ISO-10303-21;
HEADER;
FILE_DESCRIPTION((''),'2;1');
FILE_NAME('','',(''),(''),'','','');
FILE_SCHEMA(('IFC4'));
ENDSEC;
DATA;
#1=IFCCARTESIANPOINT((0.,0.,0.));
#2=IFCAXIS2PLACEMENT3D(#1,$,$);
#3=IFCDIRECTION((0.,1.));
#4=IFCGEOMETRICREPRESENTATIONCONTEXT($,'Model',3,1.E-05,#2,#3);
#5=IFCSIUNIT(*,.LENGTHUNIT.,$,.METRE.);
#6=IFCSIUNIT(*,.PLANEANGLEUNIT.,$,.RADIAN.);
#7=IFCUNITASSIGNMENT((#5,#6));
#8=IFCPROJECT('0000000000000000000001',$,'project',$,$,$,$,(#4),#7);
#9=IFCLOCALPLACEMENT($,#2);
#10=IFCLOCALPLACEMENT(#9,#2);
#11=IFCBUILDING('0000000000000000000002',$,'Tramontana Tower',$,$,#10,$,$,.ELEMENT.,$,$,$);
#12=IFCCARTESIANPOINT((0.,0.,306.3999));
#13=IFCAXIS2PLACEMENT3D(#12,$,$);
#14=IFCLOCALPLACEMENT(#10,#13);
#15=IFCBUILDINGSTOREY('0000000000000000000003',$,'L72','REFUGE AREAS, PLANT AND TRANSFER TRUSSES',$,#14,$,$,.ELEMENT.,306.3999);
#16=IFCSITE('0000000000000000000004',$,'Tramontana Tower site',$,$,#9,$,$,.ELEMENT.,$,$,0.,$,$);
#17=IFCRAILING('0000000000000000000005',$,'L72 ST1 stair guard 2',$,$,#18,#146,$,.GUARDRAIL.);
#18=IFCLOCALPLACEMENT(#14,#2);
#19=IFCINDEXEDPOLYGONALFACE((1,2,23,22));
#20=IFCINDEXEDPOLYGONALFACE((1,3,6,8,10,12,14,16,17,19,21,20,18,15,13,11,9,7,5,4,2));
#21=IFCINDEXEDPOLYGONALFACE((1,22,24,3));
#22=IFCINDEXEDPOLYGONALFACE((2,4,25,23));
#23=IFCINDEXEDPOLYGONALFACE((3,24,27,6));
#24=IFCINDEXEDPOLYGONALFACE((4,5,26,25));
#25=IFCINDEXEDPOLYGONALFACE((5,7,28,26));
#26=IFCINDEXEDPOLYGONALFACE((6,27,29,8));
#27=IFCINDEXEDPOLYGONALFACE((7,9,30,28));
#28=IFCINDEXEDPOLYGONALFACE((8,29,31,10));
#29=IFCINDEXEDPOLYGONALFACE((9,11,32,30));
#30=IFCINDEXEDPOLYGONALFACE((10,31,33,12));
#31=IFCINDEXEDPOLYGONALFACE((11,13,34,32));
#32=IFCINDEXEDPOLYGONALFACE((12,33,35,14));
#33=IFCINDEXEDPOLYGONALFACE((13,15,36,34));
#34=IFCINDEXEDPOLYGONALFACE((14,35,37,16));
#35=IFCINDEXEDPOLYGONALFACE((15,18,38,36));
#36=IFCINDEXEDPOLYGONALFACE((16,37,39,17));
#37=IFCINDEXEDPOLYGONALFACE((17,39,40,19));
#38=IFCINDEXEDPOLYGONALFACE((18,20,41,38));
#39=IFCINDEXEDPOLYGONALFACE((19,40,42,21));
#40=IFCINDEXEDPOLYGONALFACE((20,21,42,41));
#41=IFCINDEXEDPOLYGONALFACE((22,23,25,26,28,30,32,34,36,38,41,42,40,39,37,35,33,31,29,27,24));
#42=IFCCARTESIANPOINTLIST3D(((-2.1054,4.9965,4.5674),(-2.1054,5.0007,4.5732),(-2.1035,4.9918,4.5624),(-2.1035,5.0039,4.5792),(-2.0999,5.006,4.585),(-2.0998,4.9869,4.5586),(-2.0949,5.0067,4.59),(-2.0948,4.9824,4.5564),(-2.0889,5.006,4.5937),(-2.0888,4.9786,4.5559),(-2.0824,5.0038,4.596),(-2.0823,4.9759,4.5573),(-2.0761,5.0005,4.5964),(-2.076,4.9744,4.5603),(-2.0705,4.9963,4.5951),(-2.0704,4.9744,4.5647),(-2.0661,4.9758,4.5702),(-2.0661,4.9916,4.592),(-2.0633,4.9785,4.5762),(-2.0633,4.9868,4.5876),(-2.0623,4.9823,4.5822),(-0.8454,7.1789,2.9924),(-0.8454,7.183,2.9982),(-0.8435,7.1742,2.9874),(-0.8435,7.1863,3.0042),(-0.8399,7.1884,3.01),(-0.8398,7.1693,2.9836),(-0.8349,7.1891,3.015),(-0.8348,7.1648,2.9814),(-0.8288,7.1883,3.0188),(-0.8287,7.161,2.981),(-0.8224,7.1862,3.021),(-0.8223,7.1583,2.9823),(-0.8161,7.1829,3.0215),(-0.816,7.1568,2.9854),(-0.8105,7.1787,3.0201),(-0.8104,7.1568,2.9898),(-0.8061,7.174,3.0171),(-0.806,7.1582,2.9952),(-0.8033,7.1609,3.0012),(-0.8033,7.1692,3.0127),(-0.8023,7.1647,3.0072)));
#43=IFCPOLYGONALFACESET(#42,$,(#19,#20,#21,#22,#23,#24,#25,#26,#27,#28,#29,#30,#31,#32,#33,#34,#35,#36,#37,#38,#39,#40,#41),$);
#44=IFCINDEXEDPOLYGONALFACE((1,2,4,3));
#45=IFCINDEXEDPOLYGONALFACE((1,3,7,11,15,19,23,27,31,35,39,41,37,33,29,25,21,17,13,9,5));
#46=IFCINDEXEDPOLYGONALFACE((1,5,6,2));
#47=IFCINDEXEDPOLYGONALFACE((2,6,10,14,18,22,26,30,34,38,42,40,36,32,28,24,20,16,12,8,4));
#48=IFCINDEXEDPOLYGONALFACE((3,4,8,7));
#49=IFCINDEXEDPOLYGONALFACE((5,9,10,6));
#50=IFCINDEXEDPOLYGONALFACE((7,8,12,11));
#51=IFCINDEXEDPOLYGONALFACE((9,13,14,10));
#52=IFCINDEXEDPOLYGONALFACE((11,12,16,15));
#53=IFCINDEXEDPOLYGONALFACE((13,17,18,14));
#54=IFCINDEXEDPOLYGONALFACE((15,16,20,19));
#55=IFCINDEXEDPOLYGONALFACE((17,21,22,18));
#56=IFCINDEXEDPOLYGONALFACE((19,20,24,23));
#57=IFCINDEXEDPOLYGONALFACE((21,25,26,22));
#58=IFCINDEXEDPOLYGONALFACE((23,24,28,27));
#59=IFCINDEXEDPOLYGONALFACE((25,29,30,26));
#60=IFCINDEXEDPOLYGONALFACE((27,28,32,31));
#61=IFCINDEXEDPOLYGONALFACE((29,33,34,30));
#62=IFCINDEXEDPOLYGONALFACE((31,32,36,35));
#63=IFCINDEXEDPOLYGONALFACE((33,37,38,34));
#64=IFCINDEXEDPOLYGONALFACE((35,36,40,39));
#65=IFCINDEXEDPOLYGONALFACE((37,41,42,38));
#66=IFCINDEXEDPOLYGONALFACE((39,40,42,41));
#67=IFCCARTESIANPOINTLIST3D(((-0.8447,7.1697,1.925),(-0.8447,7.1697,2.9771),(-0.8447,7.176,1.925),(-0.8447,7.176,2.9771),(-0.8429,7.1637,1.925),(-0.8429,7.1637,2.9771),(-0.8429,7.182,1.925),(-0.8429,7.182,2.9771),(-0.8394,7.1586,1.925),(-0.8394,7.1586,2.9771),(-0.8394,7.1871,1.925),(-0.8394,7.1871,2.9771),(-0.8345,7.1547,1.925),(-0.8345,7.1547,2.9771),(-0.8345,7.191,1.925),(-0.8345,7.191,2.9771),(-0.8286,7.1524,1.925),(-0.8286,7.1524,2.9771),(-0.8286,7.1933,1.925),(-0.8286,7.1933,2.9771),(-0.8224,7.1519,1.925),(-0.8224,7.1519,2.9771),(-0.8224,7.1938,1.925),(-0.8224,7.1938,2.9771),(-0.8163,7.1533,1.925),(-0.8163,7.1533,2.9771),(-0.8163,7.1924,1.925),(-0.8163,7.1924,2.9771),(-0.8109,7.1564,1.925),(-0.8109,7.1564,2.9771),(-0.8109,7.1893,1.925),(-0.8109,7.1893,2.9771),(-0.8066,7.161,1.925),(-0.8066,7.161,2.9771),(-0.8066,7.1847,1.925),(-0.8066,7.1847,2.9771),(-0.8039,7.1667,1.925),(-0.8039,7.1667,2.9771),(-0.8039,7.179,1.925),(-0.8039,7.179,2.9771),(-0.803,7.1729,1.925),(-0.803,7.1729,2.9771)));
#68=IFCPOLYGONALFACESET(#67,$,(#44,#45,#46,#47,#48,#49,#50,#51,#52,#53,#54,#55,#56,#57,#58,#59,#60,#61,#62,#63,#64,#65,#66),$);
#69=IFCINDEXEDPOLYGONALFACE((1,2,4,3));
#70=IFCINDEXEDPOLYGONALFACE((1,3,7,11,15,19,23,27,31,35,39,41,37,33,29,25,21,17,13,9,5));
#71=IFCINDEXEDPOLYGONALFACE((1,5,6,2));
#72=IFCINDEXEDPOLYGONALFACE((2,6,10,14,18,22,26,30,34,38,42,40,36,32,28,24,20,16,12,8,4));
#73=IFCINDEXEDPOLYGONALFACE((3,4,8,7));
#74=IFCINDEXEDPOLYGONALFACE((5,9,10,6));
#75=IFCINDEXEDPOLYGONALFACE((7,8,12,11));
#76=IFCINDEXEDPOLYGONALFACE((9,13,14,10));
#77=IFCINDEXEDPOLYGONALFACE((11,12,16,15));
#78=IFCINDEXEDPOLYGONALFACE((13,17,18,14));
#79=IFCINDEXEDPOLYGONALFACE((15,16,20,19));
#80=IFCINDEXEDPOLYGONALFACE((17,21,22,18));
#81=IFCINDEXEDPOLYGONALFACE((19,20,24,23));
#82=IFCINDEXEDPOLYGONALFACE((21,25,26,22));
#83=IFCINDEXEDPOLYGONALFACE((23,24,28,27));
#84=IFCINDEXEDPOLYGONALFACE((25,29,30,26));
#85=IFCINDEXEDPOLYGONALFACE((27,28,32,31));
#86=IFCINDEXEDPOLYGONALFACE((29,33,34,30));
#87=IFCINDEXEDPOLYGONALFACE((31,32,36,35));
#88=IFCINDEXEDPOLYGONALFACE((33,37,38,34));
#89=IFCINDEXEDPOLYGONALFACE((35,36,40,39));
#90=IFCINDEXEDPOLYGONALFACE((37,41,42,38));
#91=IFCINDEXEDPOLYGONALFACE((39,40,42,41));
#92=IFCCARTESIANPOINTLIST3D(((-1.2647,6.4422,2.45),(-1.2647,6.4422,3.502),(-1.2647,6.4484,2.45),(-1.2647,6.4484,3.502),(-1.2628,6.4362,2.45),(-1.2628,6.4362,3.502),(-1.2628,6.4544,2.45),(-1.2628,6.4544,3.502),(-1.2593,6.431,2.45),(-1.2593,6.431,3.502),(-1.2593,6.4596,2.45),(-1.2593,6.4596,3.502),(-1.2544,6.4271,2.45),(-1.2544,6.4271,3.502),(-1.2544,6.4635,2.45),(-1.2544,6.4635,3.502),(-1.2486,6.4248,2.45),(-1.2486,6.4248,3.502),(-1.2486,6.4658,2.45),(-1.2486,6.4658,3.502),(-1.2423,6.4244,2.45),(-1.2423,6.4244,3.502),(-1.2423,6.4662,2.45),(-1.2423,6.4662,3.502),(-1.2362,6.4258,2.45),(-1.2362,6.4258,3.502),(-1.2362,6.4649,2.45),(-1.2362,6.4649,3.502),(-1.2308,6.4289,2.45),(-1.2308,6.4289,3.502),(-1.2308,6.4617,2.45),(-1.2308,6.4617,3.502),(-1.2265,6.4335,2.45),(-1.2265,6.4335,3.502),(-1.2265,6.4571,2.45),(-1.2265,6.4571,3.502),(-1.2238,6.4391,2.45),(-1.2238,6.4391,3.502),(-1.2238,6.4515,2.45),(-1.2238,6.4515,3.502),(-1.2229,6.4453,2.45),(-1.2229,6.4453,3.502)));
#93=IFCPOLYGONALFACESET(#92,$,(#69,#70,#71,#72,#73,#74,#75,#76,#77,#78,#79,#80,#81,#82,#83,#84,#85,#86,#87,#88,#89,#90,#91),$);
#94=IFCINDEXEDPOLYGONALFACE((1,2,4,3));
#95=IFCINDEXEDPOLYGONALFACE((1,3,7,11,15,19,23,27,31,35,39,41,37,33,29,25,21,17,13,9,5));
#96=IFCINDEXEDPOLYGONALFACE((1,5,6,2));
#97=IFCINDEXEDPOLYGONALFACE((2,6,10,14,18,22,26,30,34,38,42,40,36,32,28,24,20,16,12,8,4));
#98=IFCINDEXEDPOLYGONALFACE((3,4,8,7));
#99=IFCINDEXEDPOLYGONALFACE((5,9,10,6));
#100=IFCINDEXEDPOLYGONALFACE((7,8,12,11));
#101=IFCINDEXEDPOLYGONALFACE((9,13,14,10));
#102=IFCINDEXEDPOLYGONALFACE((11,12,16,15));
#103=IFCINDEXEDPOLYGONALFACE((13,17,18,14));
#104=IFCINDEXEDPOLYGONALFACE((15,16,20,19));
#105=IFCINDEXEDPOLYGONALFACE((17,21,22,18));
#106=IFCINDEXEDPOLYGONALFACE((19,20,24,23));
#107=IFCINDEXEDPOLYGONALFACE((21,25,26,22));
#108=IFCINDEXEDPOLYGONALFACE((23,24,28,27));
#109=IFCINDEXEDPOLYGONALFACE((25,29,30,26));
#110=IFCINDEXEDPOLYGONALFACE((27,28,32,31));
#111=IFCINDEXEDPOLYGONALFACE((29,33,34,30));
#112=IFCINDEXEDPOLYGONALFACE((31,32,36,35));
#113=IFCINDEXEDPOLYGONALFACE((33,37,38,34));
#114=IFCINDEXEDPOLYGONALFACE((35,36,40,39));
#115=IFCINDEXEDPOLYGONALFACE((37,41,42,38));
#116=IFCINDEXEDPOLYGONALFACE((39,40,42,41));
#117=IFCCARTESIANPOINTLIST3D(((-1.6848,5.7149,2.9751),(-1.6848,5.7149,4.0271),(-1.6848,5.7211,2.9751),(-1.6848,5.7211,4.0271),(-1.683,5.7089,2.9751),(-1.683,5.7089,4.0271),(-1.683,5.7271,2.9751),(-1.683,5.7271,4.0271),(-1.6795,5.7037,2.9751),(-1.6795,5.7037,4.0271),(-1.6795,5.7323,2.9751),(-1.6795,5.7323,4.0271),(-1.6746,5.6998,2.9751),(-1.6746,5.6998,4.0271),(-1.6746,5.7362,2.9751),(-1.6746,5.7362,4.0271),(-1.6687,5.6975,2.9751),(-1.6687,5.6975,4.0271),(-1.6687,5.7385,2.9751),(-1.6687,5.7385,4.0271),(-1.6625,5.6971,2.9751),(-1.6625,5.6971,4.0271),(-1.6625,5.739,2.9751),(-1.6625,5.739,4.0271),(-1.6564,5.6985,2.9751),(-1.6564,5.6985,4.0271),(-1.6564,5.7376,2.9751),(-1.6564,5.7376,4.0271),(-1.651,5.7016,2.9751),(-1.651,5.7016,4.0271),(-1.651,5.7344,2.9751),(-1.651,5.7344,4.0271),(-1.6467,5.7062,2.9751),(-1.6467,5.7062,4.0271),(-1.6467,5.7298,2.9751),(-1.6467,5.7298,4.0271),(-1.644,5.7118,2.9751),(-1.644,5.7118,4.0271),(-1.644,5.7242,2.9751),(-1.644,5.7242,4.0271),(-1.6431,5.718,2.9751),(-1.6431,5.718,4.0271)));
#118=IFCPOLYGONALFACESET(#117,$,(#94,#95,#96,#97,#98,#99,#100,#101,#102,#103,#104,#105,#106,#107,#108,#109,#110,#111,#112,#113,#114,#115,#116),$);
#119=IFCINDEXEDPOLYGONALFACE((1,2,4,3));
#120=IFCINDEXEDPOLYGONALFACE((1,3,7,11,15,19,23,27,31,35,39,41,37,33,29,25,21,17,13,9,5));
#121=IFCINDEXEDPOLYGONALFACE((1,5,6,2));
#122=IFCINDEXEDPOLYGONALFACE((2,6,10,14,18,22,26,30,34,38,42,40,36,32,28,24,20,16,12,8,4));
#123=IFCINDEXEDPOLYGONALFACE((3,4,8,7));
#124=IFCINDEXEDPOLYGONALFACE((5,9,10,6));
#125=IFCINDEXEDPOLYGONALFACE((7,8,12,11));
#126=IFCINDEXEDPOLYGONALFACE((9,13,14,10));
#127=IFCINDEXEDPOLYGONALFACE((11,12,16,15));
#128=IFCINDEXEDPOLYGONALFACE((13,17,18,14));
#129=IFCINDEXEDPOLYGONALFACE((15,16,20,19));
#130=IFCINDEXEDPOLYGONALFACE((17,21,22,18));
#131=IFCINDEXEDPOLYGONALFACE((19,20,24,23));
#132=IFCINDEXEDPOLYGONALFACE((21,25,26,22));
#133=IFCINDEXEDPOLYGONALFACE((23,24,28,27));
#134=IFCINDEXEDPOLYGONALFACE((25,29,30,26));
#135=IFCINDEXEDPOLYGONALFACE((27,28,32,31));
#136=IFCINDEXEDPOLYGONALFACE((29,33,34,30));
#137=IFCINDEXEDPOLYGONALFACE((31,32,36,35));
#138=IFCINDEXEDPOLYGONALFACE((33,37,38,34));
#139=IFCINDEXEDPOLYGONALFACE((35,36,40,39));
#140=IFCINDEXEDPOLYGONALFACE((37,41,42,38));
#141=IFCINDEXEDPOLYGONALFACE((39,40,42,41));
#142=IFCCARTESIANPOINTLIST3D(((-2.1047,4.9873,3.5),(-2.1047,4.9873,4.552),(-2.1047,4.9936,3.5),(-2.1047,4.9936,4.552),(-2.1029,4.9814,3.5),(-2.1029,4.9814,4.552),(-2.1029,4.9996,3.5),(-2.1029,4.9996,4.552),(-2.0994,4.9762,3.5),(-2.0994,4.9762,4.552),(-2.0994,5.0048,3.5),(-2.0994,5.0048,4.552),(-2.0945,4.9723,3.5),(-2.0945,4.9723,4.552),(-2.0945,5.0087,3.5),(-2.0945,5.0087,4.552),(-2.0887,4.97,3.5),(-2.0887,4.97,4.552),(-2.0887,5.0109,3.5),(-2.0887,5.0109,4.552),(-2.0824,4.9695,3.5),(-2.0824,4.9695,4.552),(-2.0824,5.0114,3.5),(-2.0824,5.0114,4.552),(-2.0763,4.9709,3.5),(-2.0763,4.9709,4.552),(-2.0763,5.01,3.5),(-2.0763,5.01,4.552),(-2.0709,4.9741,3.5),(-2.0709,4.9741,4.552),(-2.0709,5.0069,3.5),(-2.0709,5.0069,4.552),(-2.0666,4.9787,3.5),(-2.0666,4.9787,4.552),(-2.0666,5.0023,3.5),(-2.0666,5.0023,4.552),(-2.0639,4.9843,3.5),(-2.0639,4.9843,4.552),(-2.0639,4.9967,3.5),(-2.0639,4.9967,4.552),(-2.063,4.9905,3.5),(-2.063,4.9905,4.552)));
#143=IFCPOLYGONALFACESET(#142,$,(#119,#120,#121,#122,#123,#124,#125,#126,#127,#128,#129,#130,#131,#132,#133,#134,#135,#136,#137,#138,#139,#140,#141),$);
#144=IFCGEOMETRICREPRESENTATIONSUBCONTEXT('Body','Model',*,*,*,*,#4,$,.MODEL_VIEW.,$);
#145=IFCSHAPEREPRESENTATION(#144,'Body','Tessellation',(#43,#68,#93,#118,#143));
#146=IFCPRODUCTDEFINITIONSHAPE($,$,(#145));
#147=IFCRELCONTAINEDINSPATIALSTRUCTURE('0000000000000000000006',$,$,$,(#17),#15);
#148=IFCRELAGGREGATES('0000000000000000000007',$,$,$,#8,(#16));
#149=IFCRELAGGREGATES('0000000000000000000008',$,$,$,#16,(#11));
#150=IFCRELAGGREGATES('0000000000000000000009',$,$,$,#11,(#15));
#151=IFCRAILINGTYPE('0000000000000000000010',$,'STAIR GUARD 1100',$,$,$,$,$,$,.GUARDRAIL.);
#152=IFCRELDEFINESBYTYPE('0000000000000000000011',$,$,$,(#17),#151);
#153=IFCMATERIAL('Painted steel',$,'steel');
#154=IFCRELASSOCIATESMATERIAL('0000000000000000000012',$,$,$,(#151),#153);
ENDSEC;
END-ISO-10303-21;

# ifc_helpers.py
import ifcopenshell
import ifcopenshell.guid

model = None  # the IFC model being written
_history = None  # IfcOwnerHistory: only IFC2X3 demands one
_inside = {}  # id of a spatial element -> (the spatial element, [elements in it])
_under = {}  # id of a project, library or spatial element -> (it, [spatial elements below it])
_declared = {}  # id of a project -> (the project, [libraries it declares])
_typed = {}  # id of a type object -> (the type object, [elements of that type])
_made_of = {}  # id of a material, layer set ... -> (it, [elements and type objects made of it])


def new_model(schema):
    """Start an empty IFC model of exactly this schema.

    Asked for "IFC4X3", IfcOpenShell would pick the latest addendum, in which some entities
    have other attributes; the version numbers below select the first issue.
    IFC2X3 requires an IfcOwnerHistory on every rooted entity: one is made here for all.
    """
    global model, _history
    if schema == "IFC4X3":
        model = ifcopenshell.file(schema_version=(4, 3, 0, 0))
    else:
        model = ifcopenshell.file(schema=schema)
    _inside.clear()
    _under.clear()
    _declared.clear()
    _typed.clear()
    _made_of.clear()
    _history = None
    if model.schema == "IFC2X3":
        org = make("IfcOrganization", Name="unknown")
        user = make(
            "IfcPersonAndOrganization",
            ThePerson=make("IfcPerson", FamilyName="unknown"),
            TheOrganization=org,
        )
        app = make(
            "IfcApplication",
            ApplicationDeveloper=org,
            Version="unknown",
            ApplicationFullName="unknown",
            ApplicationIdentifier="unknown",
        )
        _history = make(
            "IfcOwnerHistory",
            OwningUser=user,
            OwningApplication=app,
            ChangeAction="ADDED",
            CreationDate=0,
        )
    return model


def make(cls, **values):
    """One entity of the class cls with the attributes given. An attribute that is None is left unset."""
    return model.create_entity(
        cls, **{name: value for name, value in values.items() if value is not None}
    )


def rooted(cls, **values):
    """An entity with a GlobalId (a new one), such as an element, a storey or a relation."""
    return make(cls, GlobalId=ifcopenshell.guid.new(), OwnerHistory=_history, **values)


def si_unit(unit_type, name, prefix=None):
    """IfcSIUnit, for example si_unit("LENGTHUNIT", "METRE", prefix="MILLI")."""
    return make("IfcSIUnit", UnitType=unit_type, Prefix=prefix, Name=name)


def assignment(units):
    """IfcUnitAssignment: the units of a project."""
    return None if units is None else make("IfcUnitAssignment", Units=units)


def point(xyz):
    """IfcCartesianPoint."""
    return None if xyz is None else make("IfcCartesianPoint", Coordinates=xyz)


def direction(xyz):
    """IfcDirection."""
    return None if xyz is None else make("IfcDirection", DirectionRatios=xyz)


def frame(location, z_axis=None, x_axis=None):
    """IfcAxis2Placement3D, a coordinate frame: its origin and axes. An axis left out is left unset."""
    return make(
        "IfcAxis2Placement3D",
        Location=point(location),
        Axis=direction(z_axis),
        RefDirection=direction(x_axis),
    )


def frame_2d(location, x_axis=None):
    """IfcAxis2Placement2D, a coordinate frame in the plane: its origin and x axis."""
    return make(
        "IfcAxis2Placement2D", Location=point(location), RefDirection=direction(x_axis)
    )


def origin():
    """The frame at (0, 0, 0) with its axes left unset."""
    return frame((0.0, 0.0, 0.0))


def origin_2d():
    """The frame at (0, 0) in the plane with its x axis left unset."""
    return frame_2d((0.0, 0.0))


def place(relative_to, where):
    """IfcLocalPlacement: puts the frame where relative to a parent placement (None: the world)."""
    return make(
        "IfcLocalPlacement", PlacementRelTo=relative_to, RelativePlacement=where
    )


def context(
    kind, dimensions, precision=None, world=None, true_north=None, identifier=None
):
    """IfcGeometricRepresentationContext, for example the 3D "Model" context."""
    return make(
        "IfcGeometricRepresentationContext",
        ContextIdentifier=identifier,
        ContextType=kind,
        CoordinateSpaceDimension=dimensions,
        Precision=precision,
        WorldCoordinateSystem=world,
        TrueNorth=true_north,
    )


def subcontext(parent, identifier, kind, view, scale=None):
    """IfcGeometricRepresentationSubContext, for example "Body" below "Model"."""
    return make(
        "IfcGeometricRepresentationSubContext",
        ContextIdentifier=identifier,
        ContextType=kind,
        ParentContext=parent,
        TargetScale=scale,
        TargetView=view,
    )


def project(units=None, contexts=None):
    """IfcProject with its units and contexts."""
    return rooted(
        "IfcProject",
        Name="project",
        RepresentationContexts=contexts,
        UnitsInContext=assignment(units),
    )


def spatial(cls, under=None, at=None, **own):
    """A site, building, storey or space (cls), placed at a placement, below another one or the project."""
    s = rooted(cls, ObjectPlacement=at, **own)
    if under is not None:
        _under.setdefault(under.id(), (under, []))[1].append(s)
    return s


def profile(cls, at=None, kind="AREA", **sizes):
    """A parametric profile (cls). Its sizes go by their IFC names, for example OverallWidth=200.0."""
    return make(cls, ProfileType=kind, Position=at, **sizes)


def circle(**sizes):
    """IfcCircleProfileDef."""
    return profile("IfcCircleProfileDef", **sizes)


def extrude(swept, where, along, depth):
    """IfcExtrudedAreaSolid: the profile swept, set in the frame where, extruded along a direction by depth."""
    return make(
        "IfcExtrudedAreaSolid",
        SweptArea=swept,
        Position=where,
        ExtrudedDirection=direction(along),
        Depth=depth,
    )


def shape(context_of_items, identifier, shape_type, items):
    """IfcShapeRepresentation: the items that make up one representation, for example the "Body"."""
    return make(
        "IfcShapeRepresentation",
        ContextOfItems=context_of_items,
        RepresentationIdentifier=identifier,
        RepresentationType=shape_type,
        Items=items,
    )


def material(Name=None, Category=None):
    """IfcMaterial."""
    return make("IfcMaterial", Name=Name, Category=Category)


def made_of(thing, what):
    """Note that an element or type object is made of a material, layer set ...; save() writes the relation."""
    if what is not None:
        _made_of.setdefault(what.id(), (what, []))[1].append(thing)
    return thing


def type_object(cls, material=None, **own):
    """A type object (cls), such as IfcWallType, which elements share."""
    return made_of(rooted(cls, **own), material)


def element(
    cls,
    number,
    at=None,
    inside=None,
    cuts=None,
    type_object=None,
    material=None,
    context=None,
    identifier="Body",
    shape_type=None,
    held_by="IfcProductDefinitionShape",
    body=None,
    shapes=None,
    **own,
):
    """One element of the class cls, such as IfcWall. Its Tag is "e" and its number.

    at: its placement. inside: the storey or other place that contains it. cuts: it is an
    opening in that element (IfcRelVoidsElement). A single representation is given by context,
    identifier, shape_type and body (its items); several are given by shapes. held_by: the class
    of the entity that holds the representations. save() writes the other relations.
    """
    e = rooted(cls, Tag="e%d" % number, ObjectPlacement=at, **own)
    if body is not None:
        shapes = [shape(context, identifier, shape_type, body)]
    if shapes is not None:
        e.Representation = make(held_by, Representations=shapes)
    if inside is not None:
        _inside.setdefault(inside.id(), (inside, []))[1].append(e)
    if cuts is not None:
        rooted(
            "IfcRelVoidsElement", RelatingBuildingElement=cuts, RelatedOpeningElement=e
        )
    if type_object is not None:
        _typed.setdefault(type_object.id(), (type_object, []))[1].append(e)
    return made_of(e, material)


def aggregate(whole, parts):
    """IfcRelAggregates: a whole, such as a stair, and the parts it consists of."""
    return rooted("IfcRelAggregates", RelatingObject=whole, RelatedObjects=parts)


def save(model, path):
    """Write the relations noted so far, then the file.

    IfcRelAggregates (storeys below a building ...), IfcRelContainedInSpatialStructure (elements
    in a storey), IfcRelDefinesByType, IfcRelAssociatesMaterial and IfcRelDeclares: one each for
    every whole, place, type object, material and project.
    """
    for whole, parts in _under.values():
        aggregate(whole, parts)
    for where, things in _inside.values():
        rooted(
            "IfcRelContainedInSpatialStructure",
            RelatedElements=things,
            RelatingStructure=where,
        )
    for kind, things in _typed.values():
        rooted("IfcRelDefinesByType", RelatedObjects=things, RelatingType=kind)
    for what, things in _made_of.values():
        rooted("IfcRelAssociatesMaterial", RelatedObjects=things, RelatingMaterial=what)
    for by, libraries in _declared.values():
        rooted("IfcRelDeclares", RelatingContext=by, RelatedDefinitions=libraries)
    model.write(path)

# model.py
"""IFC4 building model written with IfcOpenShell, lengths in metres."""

from ifc_helpers import new_model, si_unit, direction, frame, origin, origin_2d, place, context, subcontext, project, spatial, circle, extrude, material, type_object, element, save


model = new_model("IFC4")

# Units and contexts
model_context = context("Model", 3, precision=1e-05, world=origin(), true_north=direction((0.0, 1.0)))
body_context = subcontext(model_context, "Body", "Model", "MODEL_VIEW")
ifc_project = project(units=[si_unit("LENGTHUNIT", "METRE"), si_unit("PLANEANGLEUNIT", "RADIAN")], contexts=[model_context])

# Site, building, storey
site_placement = place(None, origin())
site = spatial("IfcSite", under=ifc_project, at=site_placement, Name="Tramontana Tower site", CompositionType="ELEMENT", RefElevation=0.0)
building_placement = place(site_placement, origin())
building = spatial("IfcBuilding", under=site, at=building_placement, Name="Tramontana Tower", CompositionType="ELEMENT")
storey_placement = place(building_placement, frame((0.0, 0.0, 306.3999)))
storey = spatial("IfcBuildingStorey", under=building, at=storey_placement, Name="L72", Description="REFUGE AREAS, PLANT AND TRANSFER TRUSSES", CompositionType="ELEMENT", Elevation=306.3999)

# Railing
ifc_material_1 = material(Name="Painted steel", Category="steel")
railing_type_1 = type_object("IfcRailingType", Name="STAIR GUARD 1100", PredefinedType="GUARDRAIL", material=ifc_material_1)
railing_1_placement = place(storey_placement, frame((-0.824, 7.1729, 1.925)))
element("IfcRailing", 1, at=railing_1_placement, inside=storey, type_object=railing_type_1, Name="L72 ST1 stair guard 2", PredefinedType="GUARDRAIL", context=body_context, shape_type="SweptSolid", body=[
    extrude(circle(Radius=0.0239, at=origin_2d()), frame((0.0, 0.0, 1.0762), z_axis=(-0.424007, -0.734392, 0.529988), x_axis=(0.866023, -0.500005, 0.0)), (0.0, 0.0, 1.0), 2.9717),
    extrude(circle(Radius=0.021, at=origin_2d()), origin(), (0.0, 0.0, 1.0), 1.052),
    extrude(circle(Radius=0.021, at=origin_2d()), frame((-0.4199, -0.7275, 0.5249)), (0.0, 0.0, 1.0), 1.052),
    extrude(circle(Radius=0.021, at=origin_2d()), frame((-0.8401, -1.4548, 1.05)), (0.0, 0.0, 1.0), 1.052),
    extrude(circle(Radius=0.021, at=origin_2d()), frame((-1.26, -2.1824, 1.575)), (0.0, 0.0, 1.0), 1.052),
])

save(model, "model.ifc")
